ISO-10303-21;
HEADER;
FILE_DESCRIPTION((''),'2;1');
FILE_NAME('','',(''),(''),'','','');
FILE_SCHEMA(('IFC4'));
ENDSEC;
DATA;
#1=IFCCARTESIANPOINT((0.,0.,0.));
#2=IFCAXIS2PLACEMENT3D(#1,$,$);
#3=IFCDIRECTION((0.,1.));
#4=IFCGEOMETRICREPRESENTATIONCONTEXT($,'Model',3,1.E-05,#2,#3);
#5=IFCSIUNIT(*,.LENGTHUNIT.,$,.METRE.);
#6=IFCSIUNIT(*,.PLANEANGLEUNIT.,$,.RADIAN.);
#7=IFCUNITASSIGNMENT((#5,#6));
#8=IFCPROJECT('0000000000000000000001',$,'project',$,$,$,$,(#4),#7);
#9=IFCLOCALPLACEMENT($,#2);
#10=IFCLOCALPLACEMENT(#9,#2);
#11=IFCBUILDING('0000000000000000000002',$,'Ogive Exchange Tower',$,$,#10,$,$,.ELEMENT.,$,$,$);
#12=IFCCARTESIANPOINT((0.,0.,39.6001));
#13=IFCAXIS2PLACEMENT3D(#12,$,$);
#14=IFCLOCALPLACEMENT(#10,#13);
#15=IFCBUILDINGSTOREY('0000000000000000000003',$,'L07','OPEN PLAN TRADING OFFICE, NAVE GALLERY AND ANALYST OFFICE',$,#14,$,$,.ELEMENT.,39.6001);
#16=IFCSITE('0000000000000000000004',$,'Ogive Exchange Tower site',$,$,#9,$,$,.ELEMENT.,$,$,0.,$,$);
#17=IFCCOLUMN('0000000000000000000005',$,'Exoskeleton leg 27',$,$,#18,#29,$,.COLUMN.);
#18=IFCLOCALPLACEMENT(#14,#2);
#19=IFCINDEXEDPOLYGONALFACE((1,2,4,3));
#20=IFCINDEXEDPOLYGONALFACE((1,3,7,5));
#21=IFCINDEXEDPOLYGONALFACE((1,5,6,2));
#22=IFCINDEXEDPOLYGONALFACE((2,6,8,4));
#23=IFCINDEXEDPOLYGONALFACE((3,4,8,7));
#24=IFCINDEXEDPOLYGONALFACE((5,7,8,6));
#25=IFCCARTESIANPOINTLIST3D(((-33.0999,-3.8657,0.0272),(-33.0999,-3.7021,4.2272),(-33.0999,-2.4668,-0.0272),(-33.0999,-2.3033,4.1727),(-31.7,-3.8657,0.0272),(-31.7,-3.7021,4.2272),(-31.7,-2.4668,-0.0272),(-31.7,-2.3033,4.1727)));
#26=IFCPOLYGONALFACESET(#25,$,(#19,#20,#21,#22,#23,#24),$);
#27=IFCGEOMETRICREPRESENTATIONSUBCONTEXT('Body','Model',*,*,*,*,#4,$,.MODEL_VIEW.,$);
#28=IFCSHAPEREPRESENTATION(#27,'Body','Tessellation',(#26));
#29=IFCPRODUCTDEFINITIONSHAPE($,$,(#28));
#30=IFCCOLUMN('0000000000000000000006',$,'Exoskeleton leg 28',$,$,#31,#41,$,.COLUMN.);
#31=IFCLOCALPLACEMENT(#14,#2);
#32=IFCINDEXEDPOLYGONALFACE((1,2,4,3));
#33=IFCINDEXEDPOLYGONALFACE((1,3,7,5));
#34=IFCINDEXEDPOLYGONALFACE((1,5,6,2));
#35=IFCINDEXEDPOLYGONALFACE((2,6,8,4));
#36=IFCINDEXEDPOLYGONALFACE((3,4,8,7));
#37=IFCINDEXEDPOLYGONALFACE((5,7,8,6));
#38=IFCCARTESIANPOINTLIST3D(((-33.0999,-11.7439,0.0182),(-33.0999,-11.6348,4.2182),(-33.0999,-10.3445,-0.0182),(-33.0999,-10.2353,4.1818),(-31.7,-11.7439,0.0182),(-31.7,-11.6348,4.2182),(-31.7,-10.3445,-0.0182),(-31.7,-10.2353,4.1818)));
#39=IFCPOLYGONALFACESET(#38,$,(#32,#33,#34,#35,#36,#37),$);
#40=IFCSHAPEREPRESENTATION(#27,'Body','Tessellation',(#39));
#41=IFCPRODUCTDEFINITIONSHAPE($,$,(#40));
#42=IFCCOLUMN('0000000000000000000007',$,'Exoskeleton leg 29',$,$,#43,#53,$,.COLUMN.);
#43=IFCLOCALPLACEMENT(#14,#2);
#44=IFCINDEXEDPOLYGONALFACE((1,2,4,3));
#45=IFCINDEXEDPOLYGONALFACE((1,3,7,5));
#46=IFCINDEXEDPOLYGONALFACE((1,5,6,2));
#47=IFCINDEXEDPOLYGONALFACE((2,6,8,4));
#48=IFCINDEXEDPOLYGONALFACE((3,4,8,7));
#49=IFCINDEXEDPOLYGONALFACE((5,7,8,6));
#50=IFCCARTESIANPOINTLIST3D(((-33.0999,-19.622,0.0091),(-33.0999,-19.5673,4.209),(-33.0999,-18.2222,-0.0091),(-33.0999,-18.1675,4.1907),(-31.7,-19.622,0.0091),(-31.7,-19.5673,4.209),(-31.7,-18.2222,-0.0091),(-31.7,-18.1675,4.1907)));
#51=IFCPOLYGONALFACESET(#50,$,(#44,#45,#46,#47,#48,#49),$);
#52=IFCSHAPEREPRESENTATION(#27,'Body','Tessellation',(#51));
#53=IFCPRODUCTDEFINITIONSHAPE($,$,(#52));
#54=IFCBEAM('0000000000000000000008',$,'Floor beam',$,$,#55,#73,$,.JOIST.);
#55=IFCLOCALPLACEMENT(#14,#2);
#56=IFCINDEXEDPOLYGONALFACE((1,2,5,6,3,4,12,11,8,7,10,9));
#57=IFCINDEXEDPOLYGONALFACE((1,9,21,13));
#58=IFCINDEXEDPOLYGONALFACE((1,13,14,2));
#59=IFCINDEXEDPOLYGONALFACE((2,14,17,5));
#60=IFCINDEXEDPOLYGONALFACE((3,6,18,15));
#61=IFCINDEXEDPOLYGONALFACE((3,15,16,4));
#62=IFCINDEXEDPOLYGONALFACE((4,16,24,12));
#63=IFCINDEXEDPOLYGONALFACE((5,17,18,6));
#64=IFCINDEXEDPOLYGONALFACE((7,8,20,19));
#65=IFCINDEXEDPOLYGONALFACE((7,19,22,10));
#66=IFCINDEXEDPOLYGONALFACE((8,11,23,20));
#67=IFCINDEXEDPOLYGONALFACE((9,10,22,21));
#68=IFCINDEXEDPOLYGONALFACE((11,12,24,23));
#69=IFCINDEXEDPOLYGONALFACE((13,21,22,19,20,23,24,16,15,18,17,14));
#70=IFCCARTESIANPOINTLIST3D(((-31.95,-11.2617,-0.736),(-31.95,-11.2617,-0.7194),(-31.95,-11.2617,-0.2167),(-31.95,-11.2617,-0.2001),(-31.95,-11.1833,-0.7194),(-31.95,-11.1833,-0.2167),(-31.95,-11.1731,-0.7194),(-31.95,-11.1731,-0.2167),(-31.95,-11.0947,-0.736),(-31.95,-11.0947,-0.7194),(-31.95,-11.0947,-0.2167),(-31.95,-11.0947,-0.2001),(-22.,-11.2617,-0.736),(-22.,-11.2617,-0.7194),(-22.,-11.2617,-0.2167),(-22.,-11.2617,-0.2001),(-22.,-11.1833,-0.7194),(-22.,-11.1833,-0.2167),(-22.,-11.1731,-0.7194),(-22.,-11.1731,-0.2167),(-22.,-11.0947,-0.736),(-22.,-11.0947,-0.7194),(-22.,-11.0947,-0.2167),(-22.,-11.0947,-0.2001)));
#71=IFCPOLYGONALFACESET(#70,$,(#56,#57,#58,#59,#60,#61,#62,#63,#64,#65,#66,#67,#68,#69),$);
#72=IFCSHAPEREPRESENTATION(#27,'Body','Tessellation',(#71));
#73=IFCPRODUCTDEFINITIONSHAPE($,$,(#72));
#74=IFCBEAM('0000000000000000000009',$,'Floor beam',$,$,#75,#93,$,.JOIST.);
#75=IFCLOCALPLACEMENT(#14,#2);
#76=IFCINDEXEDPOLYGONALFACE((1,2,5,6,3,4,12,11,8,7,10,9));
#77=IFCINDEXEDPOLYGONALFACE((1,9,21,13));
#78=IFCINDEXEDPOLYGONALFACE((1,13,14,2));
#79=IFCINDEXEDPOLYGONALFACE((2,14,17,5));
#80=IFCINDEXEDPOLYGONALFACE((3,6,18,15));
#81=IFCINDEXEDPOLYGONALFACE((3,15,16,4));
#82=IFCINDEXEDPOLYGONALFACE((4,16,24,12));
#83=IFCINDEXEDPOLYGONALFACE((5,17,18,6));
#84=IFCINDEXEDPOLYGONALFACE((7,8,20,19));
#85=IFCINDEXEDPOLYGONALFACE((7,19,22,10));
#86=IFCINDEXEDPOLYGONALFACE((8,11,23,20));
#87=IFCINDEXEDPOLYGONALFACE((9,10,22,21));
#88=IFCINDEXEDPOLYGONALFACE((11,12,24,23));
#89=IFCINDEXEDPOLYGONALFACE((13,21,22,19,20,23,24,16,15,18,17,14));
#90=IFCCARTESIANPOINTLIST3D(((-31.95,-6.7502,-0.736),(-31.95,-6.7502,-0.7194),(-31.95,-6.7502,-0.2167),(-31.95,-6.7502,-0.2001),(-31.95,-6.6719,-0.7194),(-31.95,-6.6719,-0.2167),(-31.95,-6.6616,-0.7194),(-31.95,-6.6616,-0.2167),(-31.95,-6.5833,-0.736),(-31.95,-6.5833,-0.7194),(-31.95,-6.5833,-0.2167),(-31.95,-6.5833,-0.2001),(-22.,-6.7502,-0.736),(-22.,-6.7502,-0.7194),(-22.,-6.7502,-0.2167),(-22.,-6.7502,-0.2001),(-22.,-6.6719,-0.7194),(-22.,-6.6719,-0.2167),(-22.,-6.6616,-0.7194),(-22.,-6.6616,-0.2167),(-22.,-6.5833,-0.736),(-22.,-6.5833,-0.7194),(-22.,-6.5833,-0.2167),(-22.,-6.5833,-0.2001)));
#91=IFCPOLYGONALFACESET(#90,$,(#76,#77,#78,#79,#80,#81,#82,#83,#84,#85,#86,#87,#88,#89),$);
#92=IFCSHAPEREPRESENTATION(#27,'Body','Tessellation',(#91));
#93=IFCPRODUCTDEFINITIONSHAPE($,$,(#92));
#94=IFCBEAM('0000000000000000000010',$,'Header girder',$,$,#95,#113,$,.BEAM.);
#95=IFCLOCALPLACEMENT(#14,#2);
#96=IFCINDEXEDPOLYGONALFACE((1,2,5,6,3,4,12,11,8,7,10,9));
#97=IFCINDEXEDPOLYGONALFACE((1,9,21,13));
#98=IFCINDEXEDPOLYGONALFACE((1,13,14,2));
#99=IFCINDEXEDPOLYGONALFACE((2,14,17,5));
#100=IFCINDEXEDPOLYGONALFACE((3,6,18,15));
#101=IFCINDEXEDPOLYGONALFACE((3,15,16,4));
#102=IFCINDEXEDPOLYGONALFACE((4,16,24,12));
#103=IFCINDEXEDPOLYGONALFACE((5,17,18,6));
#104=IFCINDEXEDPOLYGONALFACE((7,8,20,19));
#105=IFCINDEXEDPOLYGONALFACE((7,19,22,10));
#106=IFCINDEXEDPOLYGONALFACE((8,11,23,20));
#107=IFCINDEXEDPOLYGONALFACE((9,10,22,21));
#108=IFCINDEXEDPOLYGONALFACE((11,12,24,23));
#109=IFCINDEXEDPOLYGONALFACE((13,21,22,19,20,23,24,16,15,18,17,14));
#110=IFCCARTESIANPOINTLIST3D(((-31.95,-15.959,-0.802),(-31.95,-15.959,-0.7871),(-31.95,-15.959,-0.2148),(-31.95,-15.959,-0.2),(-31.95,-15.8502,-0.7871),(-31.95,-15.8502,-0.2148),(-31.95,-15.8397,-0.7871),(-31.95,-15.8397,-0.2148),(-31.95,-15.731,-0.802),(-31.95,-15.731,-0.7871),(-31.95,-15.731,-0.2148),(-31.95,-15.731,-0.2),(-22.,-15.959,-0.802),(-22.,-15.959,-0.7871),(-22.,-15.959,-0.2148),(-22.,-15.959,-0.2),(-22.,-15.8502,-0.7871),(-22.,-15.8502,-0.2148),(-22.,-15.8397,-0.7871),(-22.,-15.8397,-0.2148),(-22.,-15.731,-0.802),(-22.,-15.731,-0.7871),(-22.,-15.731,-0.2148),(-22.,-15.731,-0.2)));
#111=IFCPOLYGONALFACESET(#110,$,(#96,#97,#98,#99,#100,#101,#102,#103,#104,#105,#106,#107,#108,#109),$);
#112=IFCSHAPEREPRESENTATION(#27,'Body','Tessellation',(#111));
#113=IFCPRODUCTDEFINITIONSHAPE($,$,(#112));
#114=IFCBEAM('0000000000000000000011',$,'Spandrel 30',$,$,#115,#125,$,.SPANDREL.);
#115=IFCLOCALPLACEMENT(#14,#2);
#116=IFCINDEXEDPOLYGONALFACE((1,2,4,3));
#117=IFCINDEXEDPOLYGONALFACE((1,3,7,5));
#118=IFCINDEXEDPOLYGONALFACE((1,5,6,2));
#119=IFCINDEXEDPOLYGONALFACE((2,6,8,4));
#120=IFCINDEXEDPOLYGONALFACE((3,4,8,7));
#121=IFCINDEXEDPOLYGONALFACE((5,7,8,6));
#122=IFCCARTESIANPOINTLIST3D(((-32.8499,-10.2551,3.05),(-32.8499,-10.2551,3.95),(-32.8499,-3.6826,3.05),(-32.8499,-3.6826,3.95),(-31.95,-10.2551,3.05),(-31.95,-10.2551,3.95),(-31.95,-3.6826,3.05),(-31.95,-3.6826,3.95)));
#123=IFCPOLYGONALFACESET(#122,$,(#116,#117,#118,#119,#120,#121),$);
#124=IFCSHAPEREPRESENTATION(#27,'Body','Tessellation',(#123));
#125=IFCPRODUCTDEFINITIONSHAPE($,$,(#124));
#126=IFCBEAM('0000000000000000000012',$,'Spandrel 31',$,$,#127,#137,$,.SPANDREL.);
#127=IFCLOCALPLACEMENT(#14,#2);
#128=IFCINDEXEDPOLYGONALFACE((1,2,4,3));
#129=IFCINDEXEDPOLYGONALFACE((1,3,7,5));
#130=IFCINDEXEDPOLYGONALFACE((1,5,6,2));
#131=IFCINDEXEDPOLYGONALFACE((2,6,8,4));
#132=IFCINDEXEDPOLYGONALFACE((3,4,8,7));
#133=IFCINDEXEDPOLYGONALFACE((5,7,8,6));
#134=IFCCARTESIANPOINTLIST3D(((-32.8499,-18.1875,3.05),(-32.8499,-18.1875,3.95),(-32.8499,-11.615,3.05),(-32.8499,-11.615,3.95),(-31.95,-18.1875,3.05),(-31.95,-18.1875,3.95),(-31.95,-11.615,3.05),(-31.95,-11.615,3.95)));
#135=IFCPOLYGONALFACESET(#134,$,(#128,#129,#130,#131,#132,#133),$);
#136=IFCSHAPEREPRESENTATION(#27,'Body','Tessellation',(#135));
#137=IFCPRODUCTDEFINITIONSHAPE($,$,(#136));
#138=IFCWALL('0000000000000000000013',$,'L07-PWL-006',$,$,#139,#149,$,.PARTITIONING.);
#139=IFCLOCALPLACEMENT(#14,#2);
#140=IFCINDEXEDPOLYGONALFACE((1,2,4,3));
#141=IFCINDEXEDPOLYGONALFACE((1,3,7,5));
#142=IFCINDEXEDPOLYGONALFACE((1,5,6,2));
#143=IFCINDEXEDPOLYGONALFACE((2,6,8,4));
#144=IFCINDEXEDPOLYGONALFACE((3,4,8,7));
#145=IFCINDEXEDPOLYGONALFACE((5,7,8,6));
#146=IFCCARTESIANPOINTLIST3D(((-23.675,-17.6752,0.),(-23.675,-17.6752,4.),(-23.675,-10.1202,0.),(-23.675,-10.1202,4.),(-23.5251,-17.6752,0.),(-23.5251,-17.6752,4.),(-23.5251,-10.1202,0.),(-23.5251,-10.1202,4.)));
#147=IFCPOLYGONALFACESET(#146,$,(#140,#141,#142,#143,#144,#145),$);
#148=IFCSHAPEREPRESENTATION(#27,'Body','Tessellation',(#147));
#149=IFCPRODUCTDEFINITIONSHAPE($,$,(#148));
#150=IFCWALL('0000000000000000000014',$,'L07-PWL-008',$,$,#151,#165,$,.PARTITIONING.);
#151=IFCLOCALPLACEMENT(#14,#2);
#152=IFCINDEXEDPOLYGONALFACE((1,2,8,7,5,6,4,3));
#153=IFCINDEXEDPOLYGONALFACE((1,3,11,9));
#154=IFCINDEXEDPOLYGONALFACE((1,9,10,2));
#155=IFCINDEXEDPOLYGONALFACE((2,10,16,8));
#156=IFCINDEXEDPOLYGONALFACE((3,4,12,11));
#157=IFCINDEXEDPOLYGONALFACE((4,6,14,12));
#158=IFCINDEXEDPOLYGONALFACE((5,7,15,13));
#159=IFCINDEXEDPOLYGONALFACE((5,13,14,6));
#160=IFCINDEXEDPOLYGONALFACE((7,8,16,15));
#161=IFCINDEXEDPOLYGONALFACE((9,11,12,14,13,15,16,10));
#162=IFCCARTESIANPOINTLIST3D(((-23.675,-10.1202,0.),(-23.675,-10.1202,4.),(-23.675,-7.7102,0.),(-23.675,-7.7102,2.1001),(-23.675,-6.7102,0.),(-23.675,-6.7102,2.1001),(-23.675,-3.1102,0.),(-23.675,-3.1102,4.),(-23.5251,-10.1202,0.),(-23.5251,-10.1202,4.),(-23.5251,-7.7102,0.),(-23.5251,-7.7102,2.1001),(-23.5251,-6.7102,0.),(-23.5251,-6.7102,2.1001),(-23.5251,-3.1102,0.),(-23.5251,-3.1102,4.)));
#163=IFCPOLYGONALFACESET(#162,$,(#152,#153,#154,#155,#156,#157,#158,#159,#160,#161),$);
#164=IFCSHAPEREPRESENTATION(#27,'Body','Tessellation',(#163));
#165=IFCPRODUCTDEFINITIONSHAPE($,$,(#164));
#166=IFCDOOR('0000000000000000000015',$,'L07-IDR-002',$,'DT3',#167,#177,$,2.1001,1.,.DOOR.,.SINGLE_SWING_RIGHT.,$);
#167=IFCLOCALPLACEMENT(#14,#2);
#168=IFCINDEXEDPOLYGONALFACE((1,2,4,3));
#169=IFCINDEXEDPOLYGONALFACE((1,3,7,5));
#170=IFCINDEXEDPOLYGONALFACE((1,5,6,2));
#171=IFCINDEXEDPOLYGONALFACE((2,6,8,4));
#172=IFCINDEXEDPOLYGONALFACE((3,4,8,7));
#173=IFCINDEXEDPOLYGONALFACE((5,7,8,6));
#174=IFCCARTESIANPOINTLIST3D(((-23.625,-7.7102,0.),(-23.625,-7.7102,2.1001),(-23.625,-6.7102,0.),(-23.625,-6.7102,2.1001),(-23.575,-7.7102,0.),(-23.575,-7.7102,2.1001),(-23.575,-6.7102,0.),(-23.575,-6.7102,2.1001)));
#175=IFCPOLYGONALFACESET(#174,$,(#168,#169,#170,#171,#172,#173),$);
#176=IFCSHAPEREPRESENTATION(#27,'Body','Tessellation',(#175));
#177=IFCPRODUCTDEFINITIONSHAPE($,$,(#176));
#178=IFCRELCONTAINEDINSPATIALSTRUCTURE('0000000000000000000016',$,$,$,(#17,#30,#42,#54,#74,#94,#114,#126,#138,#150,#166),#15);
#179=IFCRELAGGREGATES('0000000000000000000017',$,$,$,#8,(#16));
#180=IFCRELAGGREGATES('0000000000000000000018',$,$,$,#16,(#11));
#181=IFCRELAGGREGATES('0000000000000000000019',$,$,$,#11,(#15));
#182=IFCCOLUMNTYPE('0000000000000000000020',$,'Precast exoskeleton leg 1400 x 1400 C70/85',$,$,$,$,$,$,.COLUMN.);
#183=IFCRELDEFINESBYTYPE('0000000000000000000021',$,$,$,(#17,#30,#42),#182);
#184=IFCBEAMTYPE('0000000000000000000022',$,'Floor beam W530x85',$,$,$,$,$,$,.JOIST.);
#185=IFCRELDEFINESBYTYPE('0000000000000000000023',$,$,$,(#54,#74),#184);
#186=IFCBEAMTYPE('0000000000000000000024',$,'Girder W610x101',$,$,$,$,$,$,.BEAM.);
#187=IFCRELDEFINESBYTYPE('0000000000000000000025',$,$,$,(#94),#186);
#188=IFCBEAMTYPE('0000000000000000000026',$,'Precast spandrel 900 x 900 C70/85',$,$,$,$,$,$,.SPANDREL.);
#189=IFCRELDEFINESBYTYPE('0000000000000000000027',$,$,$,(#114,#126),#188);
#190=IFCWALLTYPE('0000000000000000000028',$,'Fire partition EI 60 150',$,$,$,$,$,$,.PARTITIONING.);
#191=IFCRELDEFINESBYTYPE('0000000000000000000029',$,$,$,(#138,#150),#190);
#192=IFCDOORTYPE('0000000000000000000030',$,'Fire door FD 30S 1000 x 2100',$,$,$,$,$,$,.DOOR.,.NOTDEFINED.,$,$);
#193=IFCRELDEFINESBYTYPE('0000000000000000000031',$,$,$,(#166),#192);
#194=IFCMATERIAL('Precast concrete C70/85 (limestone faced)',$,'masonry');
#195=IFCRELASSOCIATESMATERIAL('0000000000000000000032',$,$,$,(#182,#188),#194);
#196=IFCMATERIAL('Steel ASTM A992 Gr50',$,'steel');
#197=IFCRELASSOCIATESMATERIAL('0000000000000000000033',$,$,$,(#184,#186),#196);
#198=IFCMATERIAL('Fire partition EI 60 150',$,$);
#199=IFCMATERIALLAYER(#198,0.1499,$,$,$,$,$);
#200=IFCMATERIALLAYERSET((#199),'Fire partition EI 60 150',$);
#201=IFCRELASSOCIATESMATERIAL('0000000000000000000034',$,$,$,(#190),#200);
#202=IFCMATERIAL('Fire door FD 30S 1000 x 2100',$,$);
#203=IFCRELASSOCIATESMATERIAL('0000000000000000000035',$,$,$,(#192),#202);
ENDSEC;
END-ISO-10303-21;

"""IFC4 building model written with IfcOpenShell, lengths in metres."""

from ifc_helpers import new_model, si_unit, direction, frame, frame_2d, origin, origin_2d, place, context, subcontext, project, spatial, rectangle, i_section, extrude, material, layer, layer_set, material_profile, profile_set, type_object, element, fill, save


model = new_model("IFC4")

# Units and contexts
model_context = context("Model", 3, precision=1e-05, world=origin(), true_north=direction((0.0, 1.0)))
body_context = subcontext(model_context, "Body", "Model", "MODEL_VIEW")
ifc_project = project(units=[si_unit("LENGTHUNIT", "METRE"), si_unit("PLANEANGLEUNIT", "RADIAN")], contexts=[model_context])

# Site, building, storey
site_placement = place(None, origin())
site = spatial("IfcSite", under=ifc_project, at=site_placement, Name="Ogive Exchange Tower site", CompositionType="ELEMENT", RefElevation=0.0)
building_placement = place(site_placement, origin())
building = spatial("IfcBuilding", under=site, at=building_placement, Name="Ogive Exchange Tower", CompositionType="ELEMENT")
storey_placement = place(building_placement, frame((0.0, 0.0, 39.6001)))
storey = spatial("IfcBuildingStorey", under=building, at=storey_placement, Name="L07", Description="OPEN PLAN TRADING OFFICE, NAVE GALLERY AND ANALYST OFFICE", CompositionType="ELEMENT", Elevation=39.6001)

# Columns
ifc_material_1 = material(Name="Precast concrete C70/85 (limestone faced)", Category="masonry")
ifc_material_profile_1 = material_profile(ifc_material_1, rectangle(XDim=1.3999, YDim=1.3999, at=origin_2d()), Name="1400 x 1400")
ifc_profile_set_1 = profile_set([ifc_material_profile_1], Name="Precast concrete C70/85 (limestone faced)")
column_type = type_object("IfcColumnType", Name="Precast exoskeleton leg 1400 x 1400 C70/85", PredefinedType="COLUMN", material=ifc_profile_set_1)
column_1_placement = place(storey_placement, frame((-32.3999, -3.1663, 0.0), z_axis=(0.0, 0.038917, 0.999242), x_axis=(-1.0, 0.0, 0.0)))
element("IfcColumn", 1, at=column_1_placement, inside=storey, type_object=column_type, Name="Exoskeleton leg 27", PredefinedType="COLUMN", context=body_context, shape_type="SweptSolid", body=[
    extrude(rectangle(XDim=1.3999, YDim=1.3999, at=origin_2d()), origin(), (0.0, 0.0, 1.0), 4.2031),
])
column_2_placement = place(storey_placement, frame((-32.3999, -11.0442, 0.0), z_axis=(0.0, 0.025975, 0.999663), x_axis=(-1.0, 0.0, 0.0)))
element("IfcColumn", 2, at=column_2_placement, inside=storey, type_object=column_type, Name="Exoskeleton leg 28", PredefinedType="COLUMN", context=body_context, shape_type="SweptSolid", body=[
    extrude(rectangle(XDim=1.3999, YDim=1.3999, at=origin_2d()), origin(), (0.0, 0.0, 1.0), 4.2014),
])
column_3_placement = place(storey_placement, frame((-32.3999, -18.9221, 0.0), z_axis=(0.0, 0.01302, 0.999915), x_axis=(-1.0, 0.0, 0.0)))
element("IfcColumn", 3, at=column_3_placement, inside=storey, type_object=column_type, Name="Exoskeleton leg 29", PredefinedType="COLUMN", context=body_context, shape_type="SweptSolid", body=[
    extrude(rectangle(XDim=1.3999, YDim=1.3999, at=origin_2d()), origin(), (0.0, 0.0, 1.0), 4.2002),
])

# Beams
ifc_material_2 = material(Name="Steel ASTM A992 Gr50", Category="steel")
ifc_material_profile_2 = material_profile(ifc_material_2, i_section(OverallWidth=0.167, OverallDepth=0.5359, WebThickness=0.0103, FlangeThickness=0.0166, at=origin_2d()), Name="W530x85")
ifc_profile_set_2 = profile_set([ifc_material_profile_2], Name="Steel ASTM A992 Gr50")
beam_type_1 = type_object("IfcBeamType", Name="Floor beam W530x85", PredefinedType="JOIST", material=ifc_profile_set_2)
for number, where, z_axis, x_axis, name in (
    (4, (-31.95, -11.1782, -0.468), (1.0, 0.0, 0.0), (0.0, 1.0, 0.0), "Floor beam"),
    (5, (-31.95, -6.6667, -0.468), (1.0, 0.0, 0.0), (0.0, 1.0, 0.0), "Floor beam"),
):
    element("IfcBeam", number, at=place(storey_placement, frame(where, z_axis=z_axis, x_axis=x_axis)), inside=storey, type_object=beam_type_1, Name=name, PredefinedType="JOIST", context=body_context, shape_type="SweptSolid", body=[
        extrude(i_section(OverallWidth=0.167, OverallDepth=0.5359, WebThickness=0.0103, FlangeThickness=0.0166, at=origin_2d()), origin(), (0.0, 0.0, 1.0), 9.95),
    ])
ifc_material_profile_3 = material_profile(ifc_material_2, i_section(OverallWidth=0.228, OverallDepth=0.6021, WebThickness=0.0105, FlangeThickness=0.0149, at=origin_2d()), Name="W610x101")
ifc_profile_set_3 = profile_set([ifc_material_profile_3], Name="Steel ASTM A992 Gr50")
beam_type_2 = type_object("IfcBeamType", Name="Girder W610x101", PredefinedType="BEAM", material=ifc_profile_set_3)
beam_placement = place(storey_placement, frame((-31.95, -15.845, -0.501), z_axis=(1.0, 0.0, 0.0), x_axis=(0.0, 1.0, 0.0)))
element("IfcBeam", 6, at=beam_placement, inside=storey, type_object=beam_type_2, Name="Header girder", PredefinedType="BEAM", context=body_context, shape_type="SweptSolid", body=[
    extrude(i_section(OverallWidth=0.228, OverallDepth=0.6021, WebThickness=0.0105, FlangeThickness=0.0149, at=origin_2d()), origin(), (0.0, 0.0, 1.0), 9.95),
])
ifc_material_profile_4 = material_profile(ifc_material_1, rectangle(XDim=0.8999, YDim=0.8999, at=origin_2d()), Name="900 x 900")
ifc_profile_set_4 = profile_set([ifc_material_profile_4], Name="Precast concrete C70/85 (limestone faced)")
beam_type_3 = type_object("IfcBeamType", Name="Precast spandrel 900 x 900 C70/85", PredefinedType="SPANDREL", material=ifc_profile_set_4)
for number, where, z_axis, x_axis, name in (
    (7, (-32.3999, -3.6826, 3.5), (0.0, -1.0, 0.0), (1.0, 0.0, 0.0), "Spandrel 30"),
    (8, (-32.3999, -11.615, 3.5), (0.0, -1.0, 0.0), (1.0, 0.0, 0.0), "Spandrel 31"),
):
    element("IfcBeam", number, at=place(storey_placement, frame(where, z_axis=z_axis, x_axis=x_axis)), inside=storey, type_object=beam_type_3, Name=name, PredefinedType="SPANDREL", context=body_context, shape_type="SweptSolid", body=[
        extrude(rectangle(XDim=0.8999, YDim=0.8999, at=origin_2d()), origin(), (0.0, 0.0, 1.0), 6.5725),
    ])

# Wall
ifc_material_3 = material(Name="Fire partition EI 60 150")
ifc_layer_1 = layer(ifc_material_3, 0.1499)
ifc_layer_set_1 = layer_set([ifc_layer_1], Name="Fire partition EI 60 150")
wall_type_1 = type_object("IfcWallType", Name="Fire partition EI 60 150", PredefinedType="PARTITIONING", material=ifc_layer_set_1)
wall_1_placement = place(storey_placement, frame((-23.6001, -17.675, 0.0), z_axis=(0.0, 0.0, 1.0), x_axis=(0.0, 1.0, 0.0)))
element("IfcWall", 9, at=wall_1_placement, inside=storey, type_object=wall_type_1, Name="L07-PWL-006", PredefinedType="PARTITIONING", context=body_context, shape_type="SweptSolid", body=[
    extrude(rectangle(XDim=7.5549, YDim=0.1499, at=frame_2d((3.7773, 0.0))), origin(), (0.0, 0.0, 1.0), 4.0),
])

# Wall, opening, door
wall_2_placement = place(storey_placement, frame((-23.6001, -10.1201, 0.0), z_axis=(0.0, 0.0, 1.0), x_axis=(0.0, 1.0, 0.0)))
wall_2 = element("IfcWall", 10, at=wall_2_placement, inside=storey, type_object=wall_type_1, Name="L07-PWL-008", PredefinedType="PARTITIONING", context=body_context, shape_type="SweptSolid", body=[
    extrude(rectangle(XDim=7.01, YDim=0.1499, at=frame_2d((3.5049, 0.0))), origin(), (0.0, 0.0, 1.0), 4.0),
])
opening_1_placement = place(wall_2_placement, frame((2.4099, 0.0, 0.0)))
opening_1 = element("IfcOpeningElement", 11, at=opening_1_placement, cuts=wall_2, PredefinedType="OPENING", context=body_context, shape_type="SweptSolid", body=[
    extrude(rectangle(XDim=1.0, YDim=2.1001, at=frame_2d((0.5, 1.05))), frame((0.0, 0.085, 0.0), z_axis=(0.0, -1.0, 0.0), x_axis=(1.0, 0.0, 0.0)), (0.0, 0.0, 1.0), 0.1699),
])
ifc_material_4 = material(Name="Fire door FD 30S 1000 x 2100")
door_type = type_object("IfcDoorType", Name="Fire door FD 30S 1000 x 2100", OperationType="NOTDEFINED", PredefinedType="DOOR", material=ifc_material_4)
door_1_placement = place(opening_1_placement, origin())
door_1 = element("IfcDoor", 12, at=door_1_placement, inside=storey, type_object=door_type, Name="L07-IDR-002", ObjectType="DT3", OperationType="SINGLE_SWING_RIGHT", OverallHeight=2.1001, OverallWidth=1.0, PredefinedType="DOOR", context=body_context, shape_type="SweptSolid", body=[
    extrude(rectangle(XDim=1.0, YDim=2.1001, at=frame_2d((0.5, 1.05))), frame((0.0, 0.0249, 0.0), z_axis=(0.0, -1.0, 0.0), x_axis=(1.0, 0.0, 0.0)), (0.0, 0.0, 1.0), 0.05),
])
fill(opening_1, door_1)

save(model, "model.ifc")
